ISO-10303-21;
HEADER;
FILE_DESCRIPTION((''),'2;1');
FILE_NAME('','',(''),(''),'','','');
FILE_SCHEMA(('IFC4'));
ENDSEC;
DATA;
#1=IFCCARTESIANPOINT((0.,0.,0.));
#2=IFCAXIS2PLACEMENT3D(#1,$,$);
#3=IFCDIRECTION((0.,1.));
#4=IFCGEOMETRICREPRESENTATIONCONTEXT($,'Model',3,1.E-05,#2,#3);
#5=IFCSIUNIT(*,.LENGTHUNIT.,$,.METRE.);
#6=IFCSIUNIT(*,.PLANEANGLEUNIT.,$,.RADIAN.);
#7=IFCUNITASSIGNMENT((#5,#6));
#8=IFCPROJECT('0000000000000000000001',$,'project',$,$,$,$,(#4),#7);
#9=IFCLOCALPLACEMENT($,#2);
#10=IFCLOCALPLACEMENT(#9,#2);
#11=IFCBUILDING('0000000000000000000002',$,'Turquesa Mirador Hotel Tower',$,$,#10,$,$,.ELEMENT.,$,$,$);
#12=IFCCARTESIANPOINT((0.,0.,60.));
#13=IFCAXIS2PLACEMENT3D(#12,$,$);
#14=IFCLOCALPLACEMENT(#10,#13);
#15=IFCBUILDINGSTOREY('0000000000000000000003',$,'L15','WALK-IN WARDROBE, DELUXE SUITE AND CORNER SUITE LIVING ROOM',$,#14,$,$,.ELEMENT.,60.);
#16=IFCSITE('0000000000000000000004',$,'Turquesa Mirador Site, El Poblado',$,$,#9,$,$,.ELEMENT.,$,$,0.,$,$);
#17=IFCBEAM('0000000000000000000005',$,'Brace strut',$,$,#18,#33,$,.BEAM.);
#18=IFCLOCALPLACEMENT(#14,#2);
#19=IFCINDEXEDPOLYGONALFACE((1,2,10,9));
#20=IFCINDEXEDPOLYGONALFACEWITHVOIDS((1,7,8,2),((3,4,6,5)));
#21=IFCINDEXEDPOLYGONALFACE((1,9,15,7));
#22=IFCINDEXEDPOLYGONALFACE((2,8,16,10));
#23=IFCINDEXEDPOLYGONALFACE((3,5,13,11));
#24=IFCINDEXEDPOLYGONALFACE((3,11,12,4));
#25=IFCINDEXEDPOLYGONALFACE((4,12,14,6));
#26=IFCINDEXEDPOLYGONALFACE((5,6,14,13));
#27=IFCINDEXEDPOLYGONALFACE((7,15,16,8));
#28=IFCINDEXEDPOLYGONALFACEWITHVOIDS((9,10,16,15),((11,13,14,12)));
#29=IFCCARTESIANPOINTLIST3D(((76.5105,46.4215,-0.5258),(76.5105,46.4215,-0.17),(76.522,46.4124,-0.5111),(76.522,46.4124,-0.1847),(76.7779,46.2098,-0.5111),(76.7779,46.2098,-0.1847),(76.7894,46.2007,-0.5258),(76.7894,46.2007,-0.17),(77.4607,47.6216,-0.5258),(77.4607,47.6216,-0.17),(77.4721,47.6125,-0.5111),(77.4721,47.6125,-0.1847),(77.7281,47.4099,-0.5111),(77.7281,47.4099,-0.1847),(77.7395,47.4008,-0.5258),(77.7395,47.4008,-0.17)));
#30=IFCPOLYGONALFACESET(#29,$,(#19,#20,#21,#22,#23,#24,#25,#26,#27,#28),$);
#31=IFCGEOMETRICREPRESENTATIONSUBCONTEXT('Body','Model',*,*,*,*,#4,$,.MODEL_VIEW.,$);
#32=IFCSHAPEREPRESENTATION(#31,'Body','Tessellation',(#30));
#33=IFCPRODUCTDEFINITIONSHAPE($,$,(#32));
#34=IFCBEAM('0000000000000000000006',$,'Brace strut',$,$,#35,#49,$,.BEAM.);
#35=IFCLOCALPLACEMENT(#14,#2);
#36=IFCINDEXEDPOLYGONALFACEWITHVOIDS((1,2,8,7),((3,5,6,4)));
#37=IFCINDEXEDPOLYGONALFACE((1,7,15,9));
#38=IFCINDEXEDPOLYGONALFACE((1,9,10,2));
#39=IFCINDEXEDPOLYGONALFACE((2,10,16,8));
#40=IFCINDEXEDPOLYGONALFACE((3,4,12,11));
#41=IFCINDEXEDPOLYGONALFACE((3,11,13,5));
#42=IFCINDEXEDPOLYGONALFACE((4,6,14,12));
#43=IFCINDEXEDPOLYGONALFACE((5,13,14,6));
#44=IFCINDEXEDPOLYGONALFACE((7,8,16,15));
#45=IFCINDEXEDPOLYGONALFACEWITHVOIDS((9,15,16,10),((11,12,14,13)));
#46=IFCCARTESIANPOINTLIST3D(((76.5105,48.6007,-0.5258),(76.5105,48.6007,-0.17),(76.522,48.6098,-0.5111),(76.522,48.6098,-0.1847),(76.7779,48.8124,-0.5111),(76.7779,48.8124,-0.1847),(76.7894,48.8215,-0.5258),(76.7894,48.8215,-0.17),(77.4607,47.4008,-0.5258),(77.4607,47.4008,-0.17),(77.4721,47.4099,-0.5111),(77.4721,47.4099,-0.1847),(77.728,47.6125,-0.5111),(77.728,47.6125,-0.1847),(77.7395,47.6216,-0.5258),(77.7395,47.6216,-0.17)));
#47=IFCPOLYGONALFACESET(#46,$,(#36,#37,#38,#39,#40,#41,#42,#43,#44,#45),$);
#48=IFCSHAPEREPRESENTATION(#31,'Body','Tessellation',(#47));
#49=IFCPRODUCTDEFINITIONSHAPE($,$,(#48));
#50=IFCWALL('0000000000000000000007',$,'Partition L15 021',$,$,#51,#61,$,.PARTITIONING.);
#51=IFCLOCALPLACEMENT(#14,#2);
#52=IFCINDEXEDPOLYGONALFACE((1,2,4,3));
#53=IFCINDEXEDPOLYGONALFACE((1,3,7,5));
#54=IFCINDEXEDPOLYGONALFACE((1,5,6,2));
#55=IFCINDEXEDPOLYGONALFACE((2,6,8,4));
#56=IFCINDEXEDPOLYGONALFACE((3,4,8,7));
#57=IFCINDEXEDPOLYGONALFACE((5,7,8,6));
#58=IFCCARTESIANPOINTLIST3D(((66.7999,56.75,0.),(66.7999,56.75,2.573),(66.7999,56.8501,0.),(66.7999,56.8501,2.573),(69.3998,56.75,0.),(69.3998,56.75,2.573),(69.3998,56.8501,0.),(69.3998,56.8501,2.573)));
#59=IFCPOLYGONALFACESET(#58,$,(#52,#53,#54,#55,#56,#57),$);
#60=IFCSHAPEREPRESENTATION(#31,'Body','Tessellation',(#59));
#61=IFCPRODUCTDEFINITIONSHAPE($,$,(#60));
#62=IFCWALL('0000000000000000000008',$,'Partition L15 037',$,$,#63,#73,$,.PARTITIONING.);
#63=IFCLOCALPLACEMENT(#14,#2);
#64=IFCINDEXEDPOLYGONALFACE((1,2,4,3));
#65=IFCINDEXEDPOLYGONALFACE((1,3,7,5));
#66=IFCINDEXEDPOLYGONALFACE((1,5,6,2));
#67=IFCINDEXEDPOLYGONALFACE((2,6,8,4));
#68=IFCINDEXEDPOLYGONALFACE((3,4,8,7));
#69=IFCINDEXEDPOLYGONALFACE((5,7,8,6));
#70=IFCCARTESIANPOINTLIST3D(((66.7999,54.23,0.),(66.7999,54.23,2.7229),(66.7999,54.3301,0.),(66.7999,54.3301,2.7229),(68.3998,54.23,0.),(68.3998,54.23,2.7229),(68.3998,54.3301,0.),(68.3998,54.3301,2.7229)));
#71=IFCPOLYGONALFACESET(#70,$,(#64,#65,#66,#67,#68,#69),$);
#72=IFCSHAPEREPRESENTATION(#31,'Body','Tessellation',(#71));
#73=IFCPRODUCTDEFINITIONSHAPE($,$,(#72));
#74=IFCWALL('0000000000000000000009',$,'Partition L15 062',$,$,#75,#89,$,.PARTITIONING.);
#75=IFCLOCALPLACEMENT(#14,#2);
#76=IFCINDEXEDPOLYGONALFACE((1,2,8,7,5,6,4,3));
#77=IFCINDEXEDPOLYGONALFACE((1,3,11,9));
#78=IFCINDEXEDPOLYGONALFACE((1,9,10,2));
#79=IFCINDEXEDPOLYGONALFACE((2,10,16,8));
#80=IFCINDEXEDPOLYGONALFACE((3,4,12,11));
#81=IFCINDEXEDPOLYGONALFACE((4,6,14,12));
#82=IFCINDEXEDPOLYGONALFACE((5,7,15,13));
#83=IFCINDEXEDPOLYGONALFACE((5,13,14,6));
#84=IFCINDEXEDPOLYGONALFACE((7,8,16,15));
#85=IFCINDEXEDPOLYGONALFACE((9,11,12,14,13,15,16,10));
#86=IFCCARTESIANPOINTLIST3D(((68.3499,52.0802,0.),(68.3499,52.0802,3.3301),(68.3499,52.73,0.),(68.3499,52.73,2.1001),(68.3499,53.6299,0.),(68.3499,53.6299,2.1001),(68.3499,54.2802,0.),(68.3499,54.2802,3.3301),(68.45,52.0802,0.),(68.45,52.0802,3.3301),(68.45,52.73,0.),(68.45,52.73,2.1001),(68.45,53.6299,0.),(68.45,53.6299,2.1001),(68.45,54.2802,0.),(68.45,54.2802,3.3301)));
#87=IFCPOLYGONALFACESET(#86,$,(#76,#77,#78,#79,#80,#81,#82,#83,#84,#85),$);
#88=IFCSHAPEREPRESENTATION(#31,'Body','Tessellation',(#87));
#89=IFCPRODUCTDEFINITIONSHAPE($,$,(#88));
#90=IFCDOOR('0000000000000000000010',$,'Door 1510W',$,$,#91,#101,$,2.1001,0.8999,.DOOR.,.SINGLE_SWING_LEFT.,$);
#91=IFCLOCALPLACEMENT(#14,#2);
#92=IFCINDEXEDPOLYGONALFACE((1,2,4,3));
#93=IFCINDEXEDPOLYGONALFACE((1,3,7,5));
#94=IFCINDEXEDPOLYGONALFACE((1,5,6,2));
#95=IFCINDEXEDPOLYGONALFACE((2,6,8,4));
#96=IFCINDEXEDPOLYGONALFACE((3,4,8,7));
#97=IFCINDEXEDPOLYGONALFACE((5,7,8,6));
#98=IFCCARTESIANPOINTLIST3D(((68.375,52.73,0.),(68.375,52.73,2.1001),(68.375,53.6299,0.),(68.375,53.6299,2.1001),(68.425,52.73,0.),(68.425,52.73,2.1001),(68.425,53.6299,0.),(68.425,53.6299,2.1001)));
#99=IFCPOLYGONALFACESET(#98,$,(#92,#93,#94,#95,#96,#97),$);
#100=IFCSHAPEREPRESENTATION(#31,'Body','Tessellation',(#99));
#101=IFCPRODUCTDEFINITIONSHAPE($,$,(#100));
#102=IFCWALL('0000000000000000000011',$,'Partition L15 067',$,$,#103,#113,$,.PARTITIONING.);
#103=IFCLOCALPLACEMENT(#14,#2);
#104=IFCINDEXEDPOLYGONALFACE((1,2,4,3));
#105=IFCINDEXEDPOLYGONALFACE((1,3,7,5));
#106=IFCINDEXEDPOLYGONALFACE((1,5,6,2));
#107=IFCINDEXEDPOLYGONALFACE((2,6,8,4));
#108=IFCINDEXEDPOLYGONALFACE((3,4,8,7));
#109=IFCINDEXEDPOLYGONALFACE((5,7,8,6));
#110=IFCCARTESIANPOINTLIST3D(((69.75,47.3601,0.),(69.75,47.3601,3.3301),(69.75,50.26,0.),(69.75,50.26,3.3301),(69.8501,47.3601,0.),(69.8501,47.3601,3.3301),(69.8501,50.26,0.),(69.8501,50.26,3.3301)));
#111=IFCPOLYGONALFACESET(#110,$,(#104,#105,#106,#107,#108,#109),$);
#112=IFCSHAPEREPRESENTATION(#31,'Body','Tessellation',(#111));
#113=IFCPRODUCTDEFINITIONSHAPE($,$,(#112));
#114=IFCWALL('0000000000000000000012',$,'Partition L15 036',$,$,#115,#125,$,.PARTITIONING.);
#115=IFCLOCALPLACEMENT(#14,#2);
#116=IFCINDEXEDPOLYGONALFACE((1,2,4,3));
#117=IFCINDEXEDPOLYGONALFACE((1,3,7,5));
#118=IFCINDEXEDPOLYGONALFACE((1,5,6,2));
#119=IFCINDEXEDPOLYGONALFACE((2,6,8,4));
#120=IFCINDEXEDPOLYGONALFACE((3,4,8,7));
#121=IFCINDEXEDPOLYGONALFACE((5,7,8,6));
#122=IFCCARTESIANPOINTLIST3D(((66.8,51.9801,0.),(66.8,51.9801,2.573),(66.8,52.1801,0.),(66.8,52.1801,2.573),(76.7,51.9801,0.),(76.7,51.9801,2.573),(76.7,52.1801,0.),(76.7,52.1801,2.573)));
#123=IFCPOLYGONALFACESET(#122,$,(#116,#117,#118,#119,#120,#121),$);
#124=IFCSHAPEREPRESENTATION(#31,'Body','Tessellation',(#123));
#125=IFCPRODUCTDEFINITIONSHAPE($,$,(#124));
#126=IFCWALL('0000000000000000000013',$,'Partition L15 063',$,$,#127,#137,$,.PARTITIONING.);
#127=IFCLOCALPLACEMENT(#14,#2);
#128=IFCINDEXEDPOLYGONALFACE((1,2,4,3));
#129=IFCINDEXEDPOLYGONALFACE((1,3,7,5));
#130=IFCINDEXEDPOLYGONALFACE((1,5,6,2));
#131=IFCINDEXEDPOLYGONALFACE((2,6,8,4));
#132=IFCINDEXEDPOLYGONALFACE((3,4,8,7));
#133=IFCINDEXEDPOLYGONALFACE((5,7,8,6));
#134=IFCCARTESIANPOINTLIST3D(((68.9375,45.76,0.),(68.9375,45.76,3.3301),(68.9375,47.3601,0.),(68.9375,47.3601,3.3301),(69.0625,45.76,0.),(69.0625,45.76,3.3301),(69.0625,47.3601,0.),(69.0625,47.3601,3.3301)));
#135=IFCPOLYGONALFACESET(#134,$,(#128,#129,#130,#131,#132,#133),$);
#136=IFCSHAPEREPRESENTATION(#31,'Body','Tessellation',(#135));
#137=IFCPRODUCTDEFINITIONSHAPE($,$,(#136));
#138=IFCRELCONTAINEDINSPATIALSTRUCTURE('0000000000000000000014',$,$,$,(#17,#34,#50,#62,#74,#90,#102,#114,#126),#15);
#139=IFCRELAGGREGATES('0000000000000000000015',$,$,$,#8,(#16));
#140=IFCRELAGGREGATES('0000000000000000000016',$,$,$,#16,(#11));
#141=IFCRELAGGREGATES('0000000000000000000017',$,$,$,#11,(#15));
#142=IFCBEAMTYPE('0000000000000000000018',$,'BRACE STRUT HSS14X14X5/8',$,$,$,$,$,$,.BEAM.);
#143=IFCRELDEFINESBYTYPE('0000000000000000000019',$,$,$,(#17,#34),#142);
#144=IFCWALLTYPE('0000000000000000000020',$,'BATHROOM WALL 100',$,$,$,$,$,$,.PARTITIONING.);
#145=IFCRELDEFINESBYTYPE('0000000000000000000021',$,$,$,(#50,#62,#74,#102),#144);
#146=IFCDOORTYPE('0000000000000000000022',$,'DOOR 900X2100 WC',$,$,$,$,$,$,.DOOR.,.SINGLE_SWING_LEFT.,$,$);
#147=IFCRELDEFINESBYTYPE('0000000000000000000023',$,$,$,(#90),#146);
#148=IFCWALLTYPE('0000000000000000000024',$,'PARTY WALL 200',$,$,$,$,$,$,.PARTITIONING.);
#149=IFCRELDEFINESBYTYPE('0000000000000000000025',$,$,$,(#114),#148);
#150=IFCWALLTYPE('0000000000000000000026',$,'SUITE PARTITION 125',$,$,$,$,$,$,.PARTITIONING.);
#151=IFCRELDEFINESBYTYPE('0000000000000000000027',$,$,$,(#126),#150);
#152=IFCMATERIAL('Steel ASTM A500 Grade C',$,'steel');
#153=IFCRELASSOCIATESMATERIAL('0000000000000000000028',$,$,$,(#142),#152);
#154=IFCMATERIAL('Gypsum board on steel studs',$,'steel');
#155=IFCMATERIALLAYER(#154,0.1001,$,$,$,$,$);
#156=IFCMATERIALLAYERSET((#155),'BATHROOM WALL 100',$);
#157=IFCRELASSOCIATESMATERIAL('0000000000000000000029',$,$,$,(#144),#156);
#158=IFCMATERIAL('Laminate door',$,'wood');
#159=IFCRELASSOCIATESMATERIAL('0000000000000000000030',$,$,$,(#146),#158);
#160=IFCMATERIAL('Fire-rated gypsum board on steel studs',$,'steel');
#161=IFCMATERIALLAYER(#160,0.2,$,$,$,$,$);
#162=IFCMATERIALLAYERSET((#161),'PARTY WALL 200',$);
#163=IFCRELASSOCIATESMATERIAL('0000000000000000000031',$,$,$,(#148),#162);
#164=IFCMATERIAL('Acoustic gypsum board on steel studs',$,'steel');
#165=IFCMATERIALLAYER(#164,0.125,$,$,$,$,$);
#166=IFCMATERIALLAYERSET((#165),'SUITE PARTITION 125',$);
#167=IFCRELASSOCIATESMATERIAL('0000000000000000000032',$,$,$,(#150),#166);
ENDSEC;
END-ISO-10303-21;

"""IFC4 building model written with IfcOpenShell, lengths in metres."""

from ifc_helpers import new_model, si_unit, direction, frame, frame_2d, origin, origin_2d, place, context, subcontext, project, spatial, rectangle, hollow_rectangle, extrude, material, layer, layer_set, material_profile, profile_set, type_object, element, fill, save


model = new_model("IFC4")

# Units and contexts
model_context = context("Model", 3, precision=1e-05, world=origin(), true_north=direction((0.0, 1.0)))
body_context = subcontext(model_context, "Body", "Model", "MODEL_VIEW")
ifc_project = project(units=[si_unit("LENGTHUNIT", "METRE"), si_unit("PLANEANGLEUNIT", "RADIAN")], contexts=[model_context])

# Site, building, storey
site_placement = place(None, origin())
site = spatial("IfcSite", under=ifc_project, at=site_placement, Name="Turquesa Mirador Site, El Poblado", CompositionType="ELEMENT", RefElevation=0.0)
building_placement = place(site_placement, origin())
building = spatial("IfcBuilding", under=site, at=building_placement, Name="Turquesa Mirador Hotel Tower", CompositionType="ELEMENT")
storey_placement = place(building_placement, frame((0.0, 0.0, 60.0)))
storey = spatial("IfcBuildingStorey", under=building, at=storey_placement, Name="L15", Description="WALK-IN WARDROBE, DELUXE SUITE AND CORNER SUITE LIVING ROOM", CompositionType="ELEMENT", Elevation=60.0)

# Beams
ifc_material_1 = material(Name="Steel ASTM A500 Grade C", Category="steel")
ifc_material_profile_1 = material_profile(ifc_material_1, hollow_rectangle(XDim=0.3557, YDim=0.3557, WallThickness=0.0146, at=origin_2d()), Name="HSS14X14X5/8")
ifc_profile_set_1 = profile_set([ifc_material_profile_1], Name="Steel ASTM A500 Grade C")
beam_type_1 = type_object("IfcBeamType", Name="BRACE STRUT HSS14X14X5/8", PredefinedType="BEAM", material=ifc_profile_set_1)
beam_1_placement = place(storey_placement, frame((77.6001, 47.5112, -0.3479), z_axis=(-0.620719, -0.784033, 0.0), x_axis=(0.784033, -0.620719, 0.0)))
element("IfcBeam", 1, at=beam_1_placement, inside=storey, type_object=beam_type_1, Name="Brace strut", PredefinedType="BEAM", context=body_context, shape_type="SweptSolid", body=[
    extrude(hollow_rectangle(XDim=0.3557, YDim=0.3557, WallThickness=0.0146, at=origin_2d()), origin(), (0.0, 0.0, 1.0), 1.5308),
])
beam_2_placement = place(storey_placement, frame((77.6001, 47.5112, -0.3479), z_axis=(-0.620797, 0.783971, 0.0), x_axis=(-0.783971, -0.620797, 0.0)))
element("IfcBeam", 2, at=beam_2_placement, inside=storey, type_object=beam_type_1, Name="Brace strut", PredefinedType="BEAM", context=body_context, shape_type="SweptSolid", body=[
    extrude(hollow_rectangle(XDim=0.3557, YDim=0.3557, WallThickness=0.0146, at=origin_2d()), origin(), (0.0, 0.0, 1.0), 1.5305),
])

# Walls
ifc_material_2 = material(Name="Gypsum board on steel studs", Category="steel")
ifc_layer_1 = layer(ifc_material_2, 0.1001)
ifc_layer_set_1 = layer_set([ifc_layer_1], Name="BATHROOM WALL 100")
wall_type_1 = type_object("IfcWallType", Name="BATHROOM WALL 100", PredefinedType="PARTITIONING", material=ifc_layer_set_1)
wall_1_placement = place(storey_placement, frame((66.8, 56.8, 0.0), z_axis=(0.0, 0.0, 1.0), x_axis=(1.0, 0.0, 0.0)))
element("IfcWall", 3, at=wall_1_placement, inside=storey, type_object=wall_type_1, Name="Partition L15 021", PredefinedType="PARTITIONING", context=body_context, shape_type="SweptSolid", body=[
    extrude(rectangle(XDim=2.5999, YDim=0.1001, at=frame_2d((1.2998, 0.0))), origin(), (0.0, 0.0, 1.0), 2.573),
])
wall_2_placement = place(storey_placement, frame((66.8, 54.28, 0.0), z_axis=(0.0, 0.0, 1.0), x_axis=(1.0, 0.0, 0.0)))
element("IfcWall", 4, at=wall_2_placement, inside=storey, type_object=wall_type_1, Name="Partition L15 037", PredefinedType="PARTITIONING", context=body_context, shape_type="SweptSolid", body=[
    extrude(rectangle(XDim=1.5999, YDim=0.1001, at=frame_2d((0.7998, 0.0))), origin(), (0.0, 0.0, 1.0), 2.7229),
])

# Wall, opening, door
wall_3_placement = place(storey_placement, frame((68.3999, 52.0801, 0.0), z_axis=(0.0, 0.0, 1.0), x_axis=(0.0, 1.0, 0.0)))
wall_3 = element("IfcWall", 5, at=wall_3_placement, inside=storey, type_object=wall_type_1, Name="Partition L15 062", PredefinedType="PARTITIONING", context=body_context, shape_type="SweptSolid", body=[
    extrude(rectangle(XDim=2.2, YDim=0.1001, at=frame_2d((1.1001, 0.0))), origin(), (0.0, 0.0, 1.0), 3.3301),
])
opening_placement = place(wall_3_placement, frame((0.6499, 0.0, 0.0)))
opening = element("IfcOpeningElement", 6, at=opening_placement, cuts=wall_3, PredefinedType="OPENING", context=body_context, shape_type="SweptSolid", body=[
    extrude(rectangle(XDim=0.8999, YDim=2.1001, at=frame_2d((0.45, 1.05))), frame((0.0, 0.0601, 0.0), z_axis=(0.0, -1.0, 0.0), x_axis=(1.0, 0.0, 0.0)), (0.0, 0.0, 1.0), 0.1201),
])
ifc_material_3 = material(Name="Laminate door", Category="wood")
door_type = type_object("IfcDoorType", Name="DOOR 900X2100 WC", OperationType="SINGLE_SWING_LEFT", PredefinedType="DOOR", material=ifc_material_3)
door_placement = place(opening_placement, origin())
door = element("IfcDoor", 7, at=door_placement, inside=storey, type_object=door_type, Name="Door 1510W", OperationType="SINGLE_SWING_LEFT", OverallHeight=2.1001, OverallWidth=0.8999, PredefinedType="DOOR", context=body_context, shape_type="SweptSolid", body=[
    extrude(rectangle(XDim=0.8999, YDim=2.1001, at=frame_2d((0.45, 1.05))), frame((0.0, 0.0249, 0.0), z_axis=(0.0, -1.0, 0.0), x_axis=(1.0, 0.0, 0.0)), (0.0, 0.0, 1.0), 0.05),
])
fill(opening, door)

# Walls
wall_4_placement = place(storey_placement, frame((69.8, 47.3601, 0.0), z_axis=(0.0, 0.0, 1.0), x_axis=(0.0, 1.0, 0.0)))
element("IfcWall", 8, at=wall_4_placement, inside=storey, type_object=wall_type_1, Name="Partition L15 067", PredefinedType="PARTITIONING", context=body_context, shape_type="SweptSolid", body=[
    extrude(rectangle(XDim=2.8999, YDim=0.1001, at=frame_2d((1.45, 0.0))), origin(), (0.0, 0.0, 1.0), 3.3301),
])
ifc_material_4 = material(Name="Fire-rated gypsum board on steel studs", Category="steel")
ifc_layer_2 = layer(ifc_material_4, 0.2)
ifc_layer_set_2 = layer_set([ifc_layer_2], Name="PARTY WALL 200")
wall_type_2 = type_object("IfcWallType", Name="PARTY WALL 200", PredefinedType="PARTITIONING", material=ifc_layer_set_2)
wall_5_placement = place(storey_placement, frame((66.8, 52.0801, 0.0), z_axis=(0.0, 0.0, 1.0), x_axis=(1.0, 0.0, 0.0)))
element("IfcWall", 9, at=wall_5_placement, inside=storey, type_object=wall_type_2, Name="Partition L15 036", PredefinedType="PARTITIONING", context=body_context, shape_type="SweptSolid", body=[
    extrude(rectangle(XDim=9.8999, YDim=0.2, at=frame_2d((4.95, 0.0))), origin(), (0.0, 0.0, 1.0), 2.573),
])
ifc_material_5 = material(Name="Acoustic gypsum board on steel studs", Category="steel")
ifc_layer_3 = layer(ifc_material_5, 0.125)
ifc_layer_set_3 = layer_set([ifc_layer_3], Name="SUITE PARTITION 125")
wall_type_3 = type_object("IfcWallType", Name="SUITE PARTITION 125", PredefinedType="PARTITIONING", material=ifc_layer_set_3)
wall_6_placement = place(storey_placement, frame((69.0, 45.76, 0.0), z_axis=(0.0, 0.0, 1.0), x_axis=(0.0, 1.0, 0.0)))
element("IfcWall", 10, at=wall_6_placement, inside=storey, type_object=wall_type_3, Name="Partition L15 063", PredefinedType="PARTITIONING", context=body_context, shape_type="SweptSolid", body=[
    extrude(rectangle(XDim=1.6001, YDim=0.125, at=frame_2d((0.8, 0.0))), origin(), (0.0, 0.0, 1.0), 3.3301),
])

save(model, "model.ifc")
